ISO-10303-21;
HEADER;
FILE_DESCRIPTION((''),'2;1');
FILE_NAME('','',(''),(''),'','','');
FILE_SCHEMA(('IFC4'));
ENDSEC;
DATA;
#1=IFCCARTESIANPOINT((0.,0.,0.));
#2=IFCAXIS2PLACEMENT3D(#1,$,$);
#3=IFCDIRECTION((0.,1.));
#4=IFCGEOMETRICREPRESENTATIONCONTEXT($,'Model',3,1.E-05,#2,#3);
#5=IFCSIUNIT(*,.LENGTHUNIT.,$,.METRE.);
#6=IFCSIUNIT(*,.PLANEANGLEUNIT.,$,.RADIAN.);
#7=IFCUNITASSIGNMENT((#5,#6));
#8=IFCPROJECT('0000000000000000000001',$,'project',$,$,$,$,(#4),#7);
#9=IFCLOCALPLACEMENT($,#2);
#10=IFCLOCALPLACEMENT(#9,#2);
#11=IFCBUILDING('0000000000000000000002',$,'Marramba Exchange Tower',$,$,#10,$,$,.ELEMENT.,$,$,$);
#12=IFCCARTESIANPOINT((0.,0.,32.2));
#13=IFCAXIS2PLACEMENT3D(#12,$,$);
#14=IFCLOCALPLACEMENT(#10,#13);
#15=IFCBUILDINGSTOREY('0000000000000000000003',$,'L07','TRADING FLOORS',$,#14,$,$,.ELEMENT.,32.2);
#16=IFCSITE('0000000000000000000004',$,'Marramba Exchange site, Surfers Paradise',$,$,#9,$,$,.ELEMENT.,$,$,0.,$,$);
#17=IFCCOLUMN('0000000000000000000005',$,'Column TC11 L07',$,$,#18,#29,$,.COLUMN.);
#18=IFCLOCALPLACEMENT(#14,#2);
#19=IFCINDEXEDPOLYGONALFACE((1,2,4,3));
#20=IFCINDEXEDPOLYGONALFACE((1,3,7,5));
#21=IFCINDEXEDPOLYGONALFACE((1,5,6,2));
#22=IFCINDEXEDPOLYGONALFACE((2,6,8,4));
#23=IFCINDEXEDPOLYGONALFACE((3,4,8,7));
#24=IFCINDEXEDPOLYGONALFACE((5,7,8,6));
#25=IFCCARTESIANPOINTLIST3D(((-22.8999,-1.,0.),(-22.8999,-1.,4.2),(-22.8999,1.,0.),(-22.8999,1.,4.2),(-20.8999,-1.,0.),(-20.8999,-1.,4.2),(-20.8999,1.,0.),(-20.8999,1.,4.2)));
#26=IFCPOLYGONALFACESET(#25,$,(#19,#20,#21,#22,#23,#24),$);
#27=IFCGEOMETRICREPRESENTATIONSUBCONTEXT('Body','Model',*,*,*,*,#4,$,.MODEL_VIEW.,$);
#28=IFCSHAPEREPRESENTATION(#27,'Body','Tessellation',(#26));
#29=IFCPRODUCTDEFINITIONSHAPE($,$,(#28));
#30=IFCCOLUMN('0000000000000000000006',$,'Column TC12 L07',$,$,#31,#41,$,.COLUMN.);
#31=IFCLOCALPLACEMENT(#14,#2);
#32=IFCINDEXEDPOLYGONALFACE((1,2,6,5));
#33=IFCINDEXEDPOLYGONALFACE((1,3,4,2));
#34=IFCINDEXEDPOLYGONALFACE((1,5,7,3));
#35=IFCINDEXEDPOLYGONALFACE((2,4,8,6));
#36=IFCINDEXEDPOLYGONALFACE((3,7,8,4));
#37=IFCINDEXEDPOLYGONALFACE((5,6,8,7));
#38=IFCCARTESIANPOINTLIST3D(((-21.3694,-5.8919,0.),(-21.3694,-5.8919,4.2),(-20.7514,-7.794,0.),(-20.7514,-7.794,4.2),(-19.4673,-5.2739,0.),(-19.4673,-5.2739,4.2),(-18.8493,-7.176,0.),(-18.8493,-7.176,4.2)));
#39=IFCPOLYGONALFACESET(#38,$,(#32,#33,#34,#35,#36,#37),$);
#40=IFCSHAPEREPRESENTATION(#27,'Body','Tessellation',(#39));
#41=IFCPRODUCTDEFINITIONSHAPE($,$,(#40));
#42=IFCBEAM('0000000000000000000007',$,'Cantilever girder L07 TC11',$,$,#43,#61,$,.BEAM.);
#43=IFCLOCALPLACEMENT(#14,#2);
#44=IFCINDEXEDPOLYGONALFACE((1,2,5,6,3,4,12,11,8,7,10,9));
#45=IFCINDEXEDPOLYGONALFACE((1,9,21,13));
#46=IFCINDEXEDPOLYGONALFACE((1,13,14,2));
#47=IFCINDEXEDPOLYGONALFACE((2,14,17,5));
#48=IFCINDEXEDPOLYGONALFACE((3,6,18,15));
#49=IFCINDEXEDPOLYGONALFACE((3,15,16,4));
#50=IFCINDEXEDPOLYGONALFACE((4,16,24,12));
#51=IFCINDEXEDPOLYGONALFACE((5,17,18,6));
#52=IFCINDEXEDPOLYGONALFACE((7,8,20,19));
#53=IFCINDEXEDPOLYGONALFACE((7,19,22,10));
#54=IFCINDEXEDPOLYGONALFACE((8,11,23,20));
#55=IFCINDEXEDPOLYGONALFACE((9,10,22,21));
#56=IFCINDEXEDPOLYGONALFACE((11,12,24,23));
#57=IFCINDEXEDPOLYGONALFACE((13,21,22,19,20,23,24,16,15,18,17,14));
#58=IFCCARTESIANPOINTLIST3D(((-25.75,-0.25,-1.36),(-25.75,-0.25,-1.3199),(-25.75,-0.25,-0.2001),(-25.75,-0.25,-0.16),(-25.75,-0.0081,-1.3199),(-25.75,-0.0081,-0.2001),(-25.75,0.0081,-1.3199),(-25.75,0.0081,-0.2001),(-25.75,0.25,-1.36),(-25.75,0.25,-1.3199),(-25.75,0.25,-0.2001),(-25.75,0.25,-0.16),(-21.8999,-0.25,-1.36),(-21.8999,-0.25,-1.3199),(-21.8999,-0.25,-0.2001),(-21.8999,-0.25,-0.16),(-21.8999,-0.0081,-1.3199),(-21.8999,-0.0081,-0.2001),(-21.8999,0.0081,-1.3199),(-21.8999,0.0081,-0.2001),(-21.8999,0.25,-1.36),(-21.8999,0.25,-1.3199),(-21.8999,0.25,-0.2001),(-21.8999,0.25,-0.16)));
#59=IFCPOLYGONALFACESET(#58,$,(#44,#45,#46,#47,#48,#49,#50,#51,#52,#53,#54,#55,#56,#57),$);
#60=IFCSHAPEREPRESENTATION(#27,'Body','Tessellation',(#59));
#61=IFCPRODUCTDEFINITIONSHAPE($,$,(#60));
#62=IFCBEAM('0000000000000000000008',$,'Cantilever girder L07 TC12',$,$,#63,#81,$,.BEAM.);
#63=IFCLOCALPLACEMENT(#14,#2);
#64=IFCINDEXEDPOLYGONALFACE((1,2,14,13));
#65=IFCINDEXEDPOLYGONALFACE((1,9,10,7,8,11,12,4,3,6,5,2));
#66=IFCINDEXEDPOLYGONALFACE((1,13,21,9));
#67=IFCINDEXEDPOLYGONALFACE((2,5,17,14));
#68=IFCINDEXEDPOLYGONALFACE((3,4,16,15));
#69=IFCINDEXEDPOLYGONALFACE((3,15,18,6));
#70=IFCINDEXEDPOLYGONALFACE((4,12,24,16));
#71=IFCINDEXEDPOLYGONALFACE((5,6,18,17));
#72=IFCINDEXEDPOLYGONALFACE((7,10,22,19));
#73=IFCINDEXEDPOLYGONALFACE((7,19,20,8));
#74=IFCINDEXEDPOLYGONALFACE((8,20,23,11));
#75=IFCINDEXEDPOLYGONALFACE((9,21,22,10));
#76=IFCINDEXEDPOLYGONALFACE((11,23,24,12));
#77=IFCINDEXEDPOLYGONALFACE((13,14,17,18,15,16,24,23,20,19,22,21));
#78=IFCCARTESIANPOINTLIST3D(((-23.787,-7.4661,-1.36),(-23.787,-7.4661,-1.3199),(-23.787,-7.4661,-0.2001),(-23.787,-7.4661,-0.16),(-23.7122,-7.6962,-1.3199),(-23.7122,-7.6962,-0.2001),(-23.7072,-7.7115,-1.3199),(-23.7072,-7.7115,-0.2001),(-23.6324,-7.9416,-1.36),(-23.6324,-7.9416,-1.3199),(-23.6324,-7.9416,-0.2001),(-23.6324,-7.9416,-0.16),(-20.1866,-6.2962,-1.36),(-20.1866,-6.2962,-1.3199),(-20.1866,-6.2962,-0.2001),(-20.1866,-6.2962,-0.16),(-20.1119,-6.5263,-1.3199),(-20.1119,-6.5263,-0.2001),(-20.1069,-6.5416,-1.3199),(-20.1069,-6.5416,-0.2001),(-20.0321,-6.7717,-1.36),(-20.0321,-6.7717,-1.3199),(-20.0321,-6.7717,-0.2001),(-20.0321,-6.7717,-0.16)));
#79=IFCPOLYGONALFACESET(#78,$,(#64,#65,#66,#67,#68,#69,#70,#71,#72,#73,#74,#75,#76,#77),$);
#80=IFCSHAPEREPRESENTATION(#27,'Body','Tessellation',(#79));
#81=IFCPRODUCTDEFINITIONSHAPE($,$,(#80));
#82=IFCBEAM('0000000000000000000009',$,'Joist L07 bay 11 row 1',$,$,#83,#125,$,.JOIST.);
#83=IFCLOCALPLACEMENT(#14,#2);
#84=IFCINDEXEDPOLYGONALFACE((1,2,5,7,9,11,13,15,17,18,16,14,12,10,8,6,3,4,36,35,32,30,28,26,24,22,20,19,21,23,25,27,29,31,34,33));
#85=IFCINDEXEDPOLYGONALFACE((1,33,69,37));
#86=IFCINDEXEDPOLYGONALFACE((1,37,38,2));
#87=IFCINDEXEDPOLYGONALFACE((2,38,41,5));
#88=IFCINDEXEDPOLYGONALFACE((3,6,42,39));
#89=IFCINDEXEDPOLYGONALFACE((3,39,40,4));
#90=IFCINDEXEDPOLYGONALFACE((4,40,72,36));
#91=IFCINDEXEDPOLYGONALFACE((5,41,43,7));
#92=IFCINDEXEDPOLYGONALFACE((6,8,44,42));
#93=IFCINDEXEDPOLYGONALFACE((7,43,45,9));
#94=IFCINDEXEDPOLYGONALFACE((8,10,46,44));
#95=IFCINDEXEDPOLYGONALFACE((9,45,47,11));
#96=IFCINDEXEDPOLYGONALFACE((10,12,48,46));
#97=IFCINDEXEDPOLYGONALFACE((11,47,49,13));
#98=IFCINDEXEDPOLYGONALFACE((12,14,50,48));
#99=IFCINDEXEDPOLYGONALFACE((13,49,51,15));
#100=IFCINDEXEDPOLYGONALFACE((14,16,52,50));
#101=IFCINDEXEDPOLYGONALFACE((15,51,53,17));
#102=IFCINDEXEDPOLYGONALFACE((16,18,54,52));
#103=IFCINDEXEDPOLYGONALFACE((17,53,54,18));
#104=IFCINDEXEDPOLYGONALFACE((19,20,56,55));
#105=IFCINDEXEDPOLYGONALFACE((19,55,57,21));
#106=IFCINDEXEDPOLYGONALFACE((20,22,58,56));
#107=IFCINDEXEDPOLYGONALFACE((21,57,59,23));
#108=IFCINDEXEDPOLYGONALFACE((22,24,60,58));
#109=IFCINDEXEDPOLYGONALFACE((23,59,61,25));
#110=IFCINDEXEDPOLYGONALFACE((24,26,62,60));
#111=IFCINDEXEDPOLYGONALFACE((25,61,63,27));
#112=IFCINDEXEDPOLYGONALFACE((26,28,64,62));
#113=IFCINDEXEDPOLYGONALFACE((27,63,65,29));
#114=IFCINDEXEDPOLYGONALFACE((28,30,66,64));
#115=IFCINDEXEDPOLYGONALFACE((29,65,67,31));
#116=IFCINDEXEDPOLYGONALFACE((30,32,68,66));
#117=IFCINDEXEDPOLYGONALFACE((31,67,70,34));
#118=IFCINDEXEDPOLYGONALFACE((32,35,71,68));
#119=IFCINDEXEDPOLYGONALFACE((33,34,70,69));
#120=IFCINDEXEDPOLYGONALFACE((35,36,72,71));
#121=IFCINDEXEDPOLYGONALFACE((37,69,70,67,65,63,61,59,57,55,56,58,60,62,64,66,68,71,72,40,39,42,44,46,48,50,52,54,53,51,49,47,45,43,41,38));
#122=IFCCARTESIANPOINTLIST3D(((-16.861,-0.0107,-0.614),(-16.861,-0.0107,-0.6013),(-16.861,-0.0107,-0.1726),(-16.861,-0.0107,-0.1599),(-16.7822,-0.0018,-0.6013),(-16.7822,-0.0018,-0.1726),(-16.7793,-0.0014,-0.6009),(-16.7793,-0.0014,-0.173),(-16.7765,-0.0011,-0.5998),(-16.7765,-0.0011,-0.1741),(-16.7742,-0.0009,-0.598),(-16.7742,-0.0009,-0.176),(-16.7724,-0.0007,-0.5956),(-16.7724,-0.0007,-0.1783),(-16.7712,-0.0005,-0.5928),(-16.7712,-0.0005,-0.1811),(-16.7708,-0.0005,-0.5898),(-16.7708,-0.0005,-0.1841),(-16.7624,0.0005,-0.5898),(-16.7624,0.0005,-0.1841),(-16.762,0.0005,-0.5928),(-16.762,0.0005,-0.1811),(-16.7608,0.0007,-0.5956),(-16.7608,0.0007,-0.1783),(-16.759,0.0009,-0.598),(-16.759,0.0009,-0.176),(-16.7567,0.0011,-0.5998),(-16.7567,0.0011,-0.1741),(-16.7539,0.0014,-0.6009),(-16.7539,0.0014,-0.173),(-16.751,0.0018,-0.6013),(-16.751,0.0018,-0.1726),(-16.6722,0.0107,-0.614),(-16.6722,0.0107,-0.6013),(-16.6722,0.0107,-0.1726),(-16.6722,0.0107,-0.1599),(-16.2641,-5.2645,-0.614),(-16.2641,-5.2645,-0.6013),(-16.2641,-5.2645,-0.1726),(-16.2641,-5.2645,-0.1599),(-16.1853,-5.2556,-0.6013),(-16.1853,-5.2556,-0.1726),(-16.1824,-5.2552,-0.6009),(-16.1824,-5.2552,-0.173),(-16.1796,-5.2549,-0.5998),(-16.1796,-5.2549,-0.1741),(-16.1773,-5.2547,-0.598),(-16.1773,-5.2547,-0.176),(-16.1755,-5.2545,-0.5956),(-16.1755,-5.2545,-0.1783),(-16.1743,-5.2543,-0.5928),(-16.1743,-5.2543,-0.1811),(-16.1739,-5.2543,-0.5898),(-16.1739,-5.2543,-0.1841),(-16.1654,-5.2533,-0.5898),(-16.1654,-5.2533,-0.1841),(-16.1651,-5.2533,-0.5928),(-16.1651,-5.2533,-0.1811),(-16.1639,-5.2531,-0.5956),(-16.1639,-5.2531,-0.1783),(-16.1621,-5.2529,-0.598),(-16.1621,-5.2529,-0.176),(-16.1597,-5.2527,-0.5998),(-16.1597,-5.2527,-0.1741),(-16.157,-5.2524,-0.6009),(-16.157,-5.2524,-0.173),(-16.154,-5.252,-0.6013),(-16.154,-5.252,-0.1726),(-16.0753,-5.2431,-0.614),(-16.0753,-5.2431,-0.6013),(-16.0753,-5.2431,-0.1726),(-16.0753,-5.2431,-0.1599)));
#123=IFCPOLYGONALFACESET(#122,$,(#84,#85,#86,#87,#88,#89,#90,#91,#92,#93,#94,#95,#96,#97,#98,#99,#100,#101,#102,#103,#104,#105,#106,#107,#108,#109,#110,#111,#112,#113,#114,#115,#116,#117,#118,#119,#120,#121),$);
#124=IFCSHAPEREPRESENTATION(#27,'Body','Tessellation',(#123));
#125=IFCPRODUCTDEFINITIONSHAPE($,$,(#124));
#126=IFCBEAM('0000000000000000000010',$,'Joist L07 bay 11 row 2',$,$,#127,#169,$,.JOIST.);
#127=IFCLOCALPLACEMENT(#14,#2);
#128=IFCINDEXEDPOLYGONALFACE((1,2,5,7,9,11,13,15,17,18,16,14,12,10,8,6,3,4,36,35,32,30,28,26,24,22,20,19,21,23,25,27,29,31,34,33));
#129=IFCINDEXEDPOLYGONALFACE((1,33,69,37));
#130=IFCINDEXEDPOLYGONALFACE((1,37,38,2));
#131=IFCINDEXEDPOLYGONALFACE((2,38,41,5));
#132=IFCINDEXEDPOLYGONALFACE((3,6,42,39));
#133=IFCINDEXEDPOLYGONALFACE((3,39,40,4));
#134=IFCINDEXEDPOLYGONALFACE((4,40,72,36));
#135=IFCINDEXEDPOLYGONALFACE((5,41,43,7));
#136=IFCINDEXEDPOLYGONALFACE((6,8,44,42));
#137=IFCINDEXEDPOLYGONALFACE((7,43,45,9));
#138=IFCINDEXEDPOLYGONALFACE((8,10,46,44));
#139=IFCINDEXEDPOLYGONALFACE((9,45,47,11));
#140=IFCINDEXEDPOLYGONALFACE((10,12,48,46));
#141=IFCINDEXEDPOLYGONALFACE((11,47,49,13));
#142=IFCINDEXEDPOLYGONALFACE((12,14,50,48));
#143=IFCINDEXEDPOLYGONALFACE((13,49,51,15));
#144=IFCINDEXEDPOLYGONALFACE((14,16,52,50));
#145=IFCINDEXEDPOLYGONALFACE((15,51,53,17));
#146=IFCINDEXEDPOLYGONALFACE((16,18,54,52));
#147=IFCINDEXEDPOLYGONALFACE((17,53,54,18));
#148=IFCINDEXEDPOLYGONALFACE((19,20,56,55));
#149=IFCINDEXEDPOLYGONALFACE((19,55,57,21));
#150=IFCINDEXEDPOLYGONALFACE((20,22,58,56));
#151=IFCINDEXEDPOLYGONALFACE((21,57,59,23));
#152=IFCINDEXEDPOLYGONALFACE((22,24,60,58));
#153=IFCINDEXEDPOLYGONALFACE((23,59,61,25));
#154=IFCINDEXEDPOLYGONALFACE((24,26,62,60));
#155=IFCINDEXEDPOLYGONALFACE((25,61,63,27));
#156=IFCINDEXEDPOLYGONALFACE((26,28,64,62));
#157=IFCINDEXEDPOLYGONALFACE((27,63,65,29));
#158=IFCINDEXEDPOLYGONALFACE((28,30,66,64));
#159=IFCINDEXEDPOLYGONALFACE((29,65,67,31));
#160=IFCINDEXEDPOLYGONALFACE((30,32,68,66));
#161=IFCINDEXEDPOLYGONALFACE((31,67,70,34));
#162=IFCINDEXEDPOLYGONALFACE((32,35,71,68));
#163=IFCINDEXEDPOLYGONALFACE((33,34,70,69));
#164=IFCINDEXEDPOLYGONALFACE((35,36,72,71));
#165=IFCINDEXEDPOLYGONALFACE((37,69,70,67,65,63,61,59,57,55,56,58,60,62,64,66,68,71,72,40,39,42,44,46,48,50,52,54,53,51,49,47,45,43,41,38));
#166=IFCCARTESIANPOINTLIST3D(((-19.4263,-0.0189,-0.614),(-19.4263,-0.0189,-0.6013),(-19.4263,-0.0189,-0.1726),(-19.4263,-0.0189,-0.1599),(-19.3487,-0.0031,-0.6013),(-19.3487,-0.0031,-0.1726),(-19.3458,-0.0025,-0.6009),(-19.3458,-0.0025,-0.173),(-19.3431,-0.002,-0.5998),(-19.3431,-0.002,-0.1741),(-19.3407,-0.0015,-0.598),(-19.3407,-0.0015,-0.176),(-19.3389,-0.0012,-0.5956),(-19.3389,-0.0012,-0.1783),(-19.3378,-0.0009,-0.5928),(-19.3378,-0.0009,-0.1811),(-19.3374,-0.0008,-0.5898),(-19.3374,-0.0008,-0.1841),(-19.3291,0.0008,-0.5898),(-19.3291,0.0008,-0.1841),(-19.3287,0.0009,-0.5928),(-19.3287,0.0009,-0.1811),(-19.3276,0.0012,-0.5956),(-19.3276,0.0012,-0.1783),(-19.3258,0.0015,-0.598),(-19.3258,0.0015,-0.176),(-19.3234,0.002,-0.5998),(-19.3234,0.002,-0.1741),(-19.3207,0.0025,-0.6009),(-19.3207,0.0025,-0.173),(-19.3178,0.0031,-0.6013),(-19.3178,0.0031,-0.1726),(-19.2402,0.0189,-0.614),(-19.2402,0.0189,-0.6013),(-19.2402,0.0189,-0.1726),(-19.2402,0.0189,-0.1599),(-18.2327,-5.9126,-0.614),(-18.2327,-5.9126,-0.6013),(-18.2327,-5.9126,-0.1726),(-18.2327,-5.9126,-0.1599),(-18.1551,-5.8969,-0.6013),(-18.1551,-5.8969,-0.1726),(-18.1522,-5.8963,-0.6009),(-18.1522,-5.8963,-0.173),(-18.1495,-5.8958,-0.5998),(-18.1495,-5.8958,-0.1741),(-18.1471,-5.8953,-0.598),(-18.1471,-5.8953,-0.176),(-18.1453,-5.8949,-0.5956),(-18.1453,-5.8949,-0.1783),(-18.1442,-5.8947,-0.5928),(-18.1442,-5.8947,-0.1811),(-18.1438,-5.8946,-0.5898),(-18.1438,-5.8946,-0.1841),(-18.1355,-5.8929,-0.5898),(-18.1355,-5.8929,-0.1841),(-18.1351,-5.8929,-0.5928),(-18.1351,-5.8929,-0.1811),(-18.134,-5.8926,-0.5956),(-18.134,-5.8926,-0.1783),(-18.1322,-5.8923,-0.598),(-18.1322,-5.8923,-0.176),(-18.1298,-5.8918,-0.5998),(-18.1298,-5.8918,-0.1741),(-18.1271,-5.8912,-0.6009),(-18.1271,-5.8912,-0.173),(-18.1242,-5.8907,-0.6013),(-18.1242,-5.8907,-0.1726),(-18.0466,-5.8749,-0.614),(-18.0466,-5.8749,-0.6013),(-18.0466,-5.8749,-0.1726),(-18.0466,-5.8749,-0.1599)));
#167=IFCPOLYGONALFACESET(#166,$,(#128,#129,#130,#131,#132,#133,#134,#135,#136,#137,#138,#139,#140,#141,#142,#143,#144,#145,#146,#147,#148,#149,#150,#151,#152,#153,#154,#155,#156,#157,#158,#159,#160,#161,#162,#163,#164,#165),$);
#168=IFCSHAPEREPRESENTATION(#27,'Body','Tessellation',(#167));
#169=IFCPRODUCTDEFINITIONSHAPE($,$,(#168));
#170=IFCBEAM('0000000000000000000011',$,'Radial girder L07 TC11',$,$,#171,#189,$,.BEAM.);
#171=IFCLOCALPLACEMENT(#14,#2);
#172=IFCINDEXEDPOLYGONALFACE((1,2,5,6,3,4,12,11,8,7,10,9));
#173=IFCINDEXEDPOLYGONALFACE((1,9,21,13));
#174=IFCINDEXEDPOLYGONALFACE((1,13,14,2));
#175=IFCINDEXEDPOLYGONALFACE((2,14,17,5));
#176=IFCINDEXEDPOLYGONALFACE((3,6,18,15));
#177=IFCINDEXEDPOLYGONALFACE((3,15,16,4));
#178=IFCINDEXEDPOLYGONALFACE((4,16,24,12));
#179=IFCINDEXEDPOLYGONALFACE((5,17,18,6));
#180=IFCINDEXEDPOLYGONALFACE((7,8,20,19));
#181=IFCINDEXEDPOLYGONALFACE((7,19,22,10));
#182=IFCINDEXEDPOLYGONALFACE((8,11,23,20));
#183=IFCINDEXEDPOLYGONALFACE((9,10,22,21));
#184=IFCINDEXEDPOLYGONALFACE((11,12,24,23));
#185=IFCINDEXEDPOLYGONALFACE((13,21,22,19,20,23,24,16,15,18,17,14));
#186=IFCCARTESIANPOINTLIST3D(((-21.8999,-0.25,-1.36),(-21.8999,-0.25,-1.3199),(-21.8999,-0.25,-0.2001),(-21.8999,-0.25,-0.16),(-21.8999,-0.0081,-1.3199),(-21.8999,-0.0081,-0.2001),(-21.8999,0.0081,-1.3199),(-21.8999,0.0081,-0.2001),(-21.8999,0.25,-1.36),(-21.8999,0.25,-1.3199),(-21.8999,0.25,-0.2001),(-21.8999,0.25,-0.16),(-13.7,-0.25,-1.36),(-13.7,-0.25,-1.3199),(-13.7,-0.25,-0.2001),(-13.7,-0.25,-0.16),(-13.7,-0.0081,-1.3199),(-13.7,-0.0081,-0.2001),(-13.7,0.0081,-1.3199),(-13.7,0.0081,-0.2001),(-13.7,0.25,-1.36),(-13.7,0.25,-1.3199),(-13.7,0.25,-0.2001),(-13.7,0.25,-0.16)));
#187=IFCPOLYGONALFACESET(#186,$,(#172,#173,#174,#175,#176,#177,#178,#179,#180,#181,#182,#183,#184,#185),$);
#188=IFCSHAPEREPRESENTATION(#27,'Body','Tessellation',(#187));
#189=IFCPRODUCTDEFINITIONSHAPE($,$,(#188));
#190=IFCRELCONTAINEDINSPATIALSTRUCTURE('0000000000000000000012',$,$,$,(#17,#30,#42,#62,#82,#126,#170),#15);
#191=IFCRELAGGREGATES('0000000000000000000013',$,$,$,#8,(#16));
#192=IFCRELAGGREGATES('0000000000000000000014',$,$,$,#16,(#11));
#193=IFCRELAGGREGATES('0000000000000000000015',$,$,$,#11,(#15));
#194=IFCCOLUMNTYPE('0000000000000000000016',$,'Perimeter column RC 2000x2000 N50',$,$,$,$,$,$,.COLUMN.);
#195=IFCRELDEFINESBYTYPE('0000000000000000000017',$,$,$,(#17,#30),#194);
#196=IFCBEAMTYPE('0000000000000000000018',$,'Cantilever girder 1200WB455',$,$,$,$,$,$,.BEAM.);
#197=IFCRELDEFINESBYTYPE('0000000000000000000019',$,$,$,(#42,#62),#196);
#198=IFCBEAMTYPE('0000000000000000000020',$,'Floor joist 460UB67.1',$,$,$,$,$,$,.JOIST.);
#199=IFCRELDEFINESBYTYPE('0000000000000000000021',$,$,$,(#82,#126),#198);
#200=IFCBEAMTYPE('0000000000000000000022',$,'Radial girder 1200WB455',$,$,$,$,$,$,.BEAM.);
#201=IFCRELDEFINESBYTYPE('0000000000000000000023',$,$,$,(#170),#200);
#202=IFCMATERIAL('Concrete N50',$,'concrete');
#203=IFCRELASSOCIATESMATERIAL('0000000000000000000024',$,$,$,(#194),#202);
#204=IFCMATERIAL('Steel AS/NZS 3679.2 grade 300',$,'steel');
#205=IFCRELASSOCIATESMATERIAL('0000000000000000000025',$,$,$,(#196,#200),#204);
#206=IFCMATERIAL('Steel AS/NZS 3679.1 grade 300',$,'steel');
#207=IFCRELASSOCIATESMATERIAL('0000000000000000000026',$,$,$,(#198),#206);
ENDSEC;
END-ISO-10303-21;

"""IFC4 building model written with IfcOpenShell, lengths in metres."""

from ifc_helpers import new_model, si_unit, direction, frame, origin, origin_2d, place, context, subcontext, project, spatial, rectangle, i_section, extrude, material, material_profile, profile_set, type_object, element, save


model = new_model("IFC4")

# Units and contexts
model_context = context("Model", 3, precision=1e-05, world=origin(), true_north=direction((0.0, 1.0)))
body_context = subcontext(model_context, "Body", "Model", "MODEL_VIEW")
ifc_project = project(units=[si_unit("LENGTHUNIT", "METRE"), si_unit("PLANEANGLEUNIT", "RADIAN")], contexts=[model_context])

# Site, building, storey
site_placement = place(None, origin())
site = spatial("IfcSite", under=ifc_project, at=site_placement, Name="Marramba Exchange site, Surfers Paradise", CompositionType="ELEMENT", RefElevation=0.0)
building_placement = place(site_placement, origin())
building = spatial("IfcBuilding", under=site, at=building_placement, Name="Marramba Exchange Tower", CompositionType="ELEMENT")
storey_placement = place(building_placement, frame((0.0, 0.0, 32.2)))
storey = spatial("IfcBuildingStorey", under=building, at=storey_placement, Name="L07", Description="TRADING FLOORS", CompositionType="ELEMENT", Elevation=32.2)

# Columns
ifc_material_1 = material(Name="Concrete N50", Category="concrete")
ifc_material_profile_1 = material_profile(ifc_material_1, rectangle(XDim=2.0, YDim=2.0, at=origin_2d()), Name="RC 2000x2000")
ifc_profile_set_1 = profile_set([ifc_material_profile_1], Name="Concrete N50")
column_type = type_object("IfcColumnType", Name="Perimeter column RC 2000x2000 N50", PredefinedType="COLUMN", material=ifc_profile_set_1)
for number, where, z_axis, x_axis, name in (
    (1, (-21.8999, 0.0, 0.0), (0.0, 0.0, 1.0), (-1.0, 0.0, 0.0), "Column TC11 L07"),
    (2, (-20.1094, -6.5339, 0.0), (0.0, 0.0, 1.0), (-0.951057, -0.309017, 0.0), "Column TC12 L07"),
):
    element("IfcColumn", number, at=place(storey_placement, frame(where, z_axis=z_axis, x_axis=x_axis)), inside=storey, type_object=column_type, Name=name, PredefinedType="COLUMN", context=body_context, shape_type="SweptSolid", body=[
        extrude(rectangle(XDim=2.0, YDim=2.0, at=origin_2d()), origin(), (0.0, 0.0, 1.0), 4.2),
    ])

# Beams
ifc_material_2 = material(Name="Steel AS/NZS 3679.2 grade 300", Category="steel")
ifc_material_profile_2 = material_profile(ifc_material_2, i_section(OverallWidth=0.5, OverallDepth=1.2, WebThickness=0.0161, FlangeThickness=0.04, at=origin_2d()), Name="1200WB455")
ifc_profile_set_2 = profile_set([ifc_material_profile_2], Name="Steel AS/NZS 3679.2 grade 300")
beam_type_1 = type_object("IfcBeamType", Name="Cantilever girder 1200WB455", PredefinedType="BEAM", material=ifc_profile_set_2)
beam_1_placement = place(storey_placement, frame((-21.8999, 0.0, -0.76), z_axis=(-1.0, 0.0, 0.0), x_axis=(0.0, -1.0, 0.0)))
element("IfcBeam", 3, at=beam_1_placement, inside=storey, type_object=beam_type_1, Name="Cantilever girder L07 TC11", PredefinedType="BEAM", context=body_context, shape_type="SweptSolid", body=[
    extrude(i_section(OverallWidth=0.5, OverallDepth=1.2, WebThickness=0.0161, FlangeThickness=0.04, at=origin_2d()), origin(), (0.0, 0.0, 1.0), 3.8501),
])
beam_2_placement = place(storey_placement, frame((-20.1094, -6.5339, -0.76), z_axis=(-0.951049, -0.309041, 0.0), x_axis=(0.309041, -0.951049, 0.0)))
element("IfcBeam", 4, at=beam_2_placement, inside=storey, type_object=beam_type_1, Name="Cantilever girder L07 TC12", PredefinedType="BEAM", context=body_context, shape_type="SweptSolid", body=[
    extrude(i_section(OverallWidth=0.5, OverallDepth=1.2, WebThickness=0.0161, FlangeThickness=0.04, at=origin_2d()), origin(), (0.0, 0.0, 1.0), 3.7856),
])
ifc_material_3 = material(Name="Steel AS/NZS 3679.1 grade 300", Category="steel")
ifc_material_profile_3 = material_profile(ifc_material_3, i_section(OverallWidth=0.1899, OverallDepth=0.4541, WebThickness=0.0085, FlangeThickness=0.0127, FilletRadius=0.0115, at=origin_2d()), Name="460UB67.1")
ifc_profile_set_3 = profile_set([ifc_material_profile_3], Name="Steel AS/NZS 3679.1 grade 300")
beam_type_2 = type_object("IfcBeamType", Name="Floor joist 460UB67.1", PredefinedType="JOIST", material=ifc_profile_set_3)
beam_3_placement = place(storey_placement, frame((-16.7666, 0.0, -0.387), z_axis=(0.112889, -0.993608, 0.0), x_axis=(0.993608, 0.112889, 0.0)))
element("IfcBeam", 5, at=beam_3_placement, inside=storey, type_object=beam_type_2, Name="Joist L07 bay 11 row 1", PredefinedType="JOIST", context=body_context, shape_type="SweptSolid", body=[
    extrude(i_section(OverallWidth=0.1899, OverallDepth=0.4541, WebThickness=0.0085, FlangeThickness=0.0127, FilletRadius=0.0115, at=origin_2d()), origin(), (0.0, 0.0, 1.0), 5.2876),
])
beam_4_placement = place(storey_placement, frame((-19.3333, 0.0, -0.387), z_axis=(0.198489, -0.980103, 0.0), x_axis=(0.980103, 0.198489, 0.0)))
element("IfcBeam", 6, at=beam_4_placement, inside=storey, type_object=beam_type_2, Name="Joist L07 bay 11 row 2", PredefinedType="JOIST", context=body_context, shape_type="SweptSolid", body=[
    extrude(i_section(OverallWidth=0.1899, OverallDepth=0.4541, WebThickness=0.0085, FlangeThickness=0.0127, FilletRadius=0.0115, at=origin_2d()), origin(), (0.0, 0.0, 1.0), 6.0134),
])
ifc_material_profile_4 = material_profile(ifc_material_2, i_section(OverallWidth=0.5, OverallDepth=1.2, WebThickness=0.0161, FlangeThickness=0.04, at=origin_2d()), Name="1200WB455")
ifc_profile_set_4 = profile_set([ifc_material_profile_4], Name="Steel AS/NZS 3679.2 grade 300")
beam_type_3 = type_object("IfcBeamType", Name="Radial girder 1200WB455", PredefinedType="BEAM", material=ifc_profile_set_4)
beam_5_placement = place(storey_placement, frame((-13.7, 0.0, -0.76), z_axis=(-1.0, 0.0, 0.0), x_axis=(0.0, -1.0, 0.0)))
element("IfcBeam", 7, at=beam_5_placement, inside=storey, type_object=beam_type_3, Name="Radial girder L07 TC11", PredefinedType="BEAM", context=body_context, shape_type="SweptSolid", body=[
    extrude(i_section(OverallWidth=0.5, OverallDepth=1.2, WebThickness=0.0161, FlangeThickness=0.04, at=origin_2d()), origin(), (0.0, 0.0, 1.0), 8.2),
])

save(model, "model.ifc")
